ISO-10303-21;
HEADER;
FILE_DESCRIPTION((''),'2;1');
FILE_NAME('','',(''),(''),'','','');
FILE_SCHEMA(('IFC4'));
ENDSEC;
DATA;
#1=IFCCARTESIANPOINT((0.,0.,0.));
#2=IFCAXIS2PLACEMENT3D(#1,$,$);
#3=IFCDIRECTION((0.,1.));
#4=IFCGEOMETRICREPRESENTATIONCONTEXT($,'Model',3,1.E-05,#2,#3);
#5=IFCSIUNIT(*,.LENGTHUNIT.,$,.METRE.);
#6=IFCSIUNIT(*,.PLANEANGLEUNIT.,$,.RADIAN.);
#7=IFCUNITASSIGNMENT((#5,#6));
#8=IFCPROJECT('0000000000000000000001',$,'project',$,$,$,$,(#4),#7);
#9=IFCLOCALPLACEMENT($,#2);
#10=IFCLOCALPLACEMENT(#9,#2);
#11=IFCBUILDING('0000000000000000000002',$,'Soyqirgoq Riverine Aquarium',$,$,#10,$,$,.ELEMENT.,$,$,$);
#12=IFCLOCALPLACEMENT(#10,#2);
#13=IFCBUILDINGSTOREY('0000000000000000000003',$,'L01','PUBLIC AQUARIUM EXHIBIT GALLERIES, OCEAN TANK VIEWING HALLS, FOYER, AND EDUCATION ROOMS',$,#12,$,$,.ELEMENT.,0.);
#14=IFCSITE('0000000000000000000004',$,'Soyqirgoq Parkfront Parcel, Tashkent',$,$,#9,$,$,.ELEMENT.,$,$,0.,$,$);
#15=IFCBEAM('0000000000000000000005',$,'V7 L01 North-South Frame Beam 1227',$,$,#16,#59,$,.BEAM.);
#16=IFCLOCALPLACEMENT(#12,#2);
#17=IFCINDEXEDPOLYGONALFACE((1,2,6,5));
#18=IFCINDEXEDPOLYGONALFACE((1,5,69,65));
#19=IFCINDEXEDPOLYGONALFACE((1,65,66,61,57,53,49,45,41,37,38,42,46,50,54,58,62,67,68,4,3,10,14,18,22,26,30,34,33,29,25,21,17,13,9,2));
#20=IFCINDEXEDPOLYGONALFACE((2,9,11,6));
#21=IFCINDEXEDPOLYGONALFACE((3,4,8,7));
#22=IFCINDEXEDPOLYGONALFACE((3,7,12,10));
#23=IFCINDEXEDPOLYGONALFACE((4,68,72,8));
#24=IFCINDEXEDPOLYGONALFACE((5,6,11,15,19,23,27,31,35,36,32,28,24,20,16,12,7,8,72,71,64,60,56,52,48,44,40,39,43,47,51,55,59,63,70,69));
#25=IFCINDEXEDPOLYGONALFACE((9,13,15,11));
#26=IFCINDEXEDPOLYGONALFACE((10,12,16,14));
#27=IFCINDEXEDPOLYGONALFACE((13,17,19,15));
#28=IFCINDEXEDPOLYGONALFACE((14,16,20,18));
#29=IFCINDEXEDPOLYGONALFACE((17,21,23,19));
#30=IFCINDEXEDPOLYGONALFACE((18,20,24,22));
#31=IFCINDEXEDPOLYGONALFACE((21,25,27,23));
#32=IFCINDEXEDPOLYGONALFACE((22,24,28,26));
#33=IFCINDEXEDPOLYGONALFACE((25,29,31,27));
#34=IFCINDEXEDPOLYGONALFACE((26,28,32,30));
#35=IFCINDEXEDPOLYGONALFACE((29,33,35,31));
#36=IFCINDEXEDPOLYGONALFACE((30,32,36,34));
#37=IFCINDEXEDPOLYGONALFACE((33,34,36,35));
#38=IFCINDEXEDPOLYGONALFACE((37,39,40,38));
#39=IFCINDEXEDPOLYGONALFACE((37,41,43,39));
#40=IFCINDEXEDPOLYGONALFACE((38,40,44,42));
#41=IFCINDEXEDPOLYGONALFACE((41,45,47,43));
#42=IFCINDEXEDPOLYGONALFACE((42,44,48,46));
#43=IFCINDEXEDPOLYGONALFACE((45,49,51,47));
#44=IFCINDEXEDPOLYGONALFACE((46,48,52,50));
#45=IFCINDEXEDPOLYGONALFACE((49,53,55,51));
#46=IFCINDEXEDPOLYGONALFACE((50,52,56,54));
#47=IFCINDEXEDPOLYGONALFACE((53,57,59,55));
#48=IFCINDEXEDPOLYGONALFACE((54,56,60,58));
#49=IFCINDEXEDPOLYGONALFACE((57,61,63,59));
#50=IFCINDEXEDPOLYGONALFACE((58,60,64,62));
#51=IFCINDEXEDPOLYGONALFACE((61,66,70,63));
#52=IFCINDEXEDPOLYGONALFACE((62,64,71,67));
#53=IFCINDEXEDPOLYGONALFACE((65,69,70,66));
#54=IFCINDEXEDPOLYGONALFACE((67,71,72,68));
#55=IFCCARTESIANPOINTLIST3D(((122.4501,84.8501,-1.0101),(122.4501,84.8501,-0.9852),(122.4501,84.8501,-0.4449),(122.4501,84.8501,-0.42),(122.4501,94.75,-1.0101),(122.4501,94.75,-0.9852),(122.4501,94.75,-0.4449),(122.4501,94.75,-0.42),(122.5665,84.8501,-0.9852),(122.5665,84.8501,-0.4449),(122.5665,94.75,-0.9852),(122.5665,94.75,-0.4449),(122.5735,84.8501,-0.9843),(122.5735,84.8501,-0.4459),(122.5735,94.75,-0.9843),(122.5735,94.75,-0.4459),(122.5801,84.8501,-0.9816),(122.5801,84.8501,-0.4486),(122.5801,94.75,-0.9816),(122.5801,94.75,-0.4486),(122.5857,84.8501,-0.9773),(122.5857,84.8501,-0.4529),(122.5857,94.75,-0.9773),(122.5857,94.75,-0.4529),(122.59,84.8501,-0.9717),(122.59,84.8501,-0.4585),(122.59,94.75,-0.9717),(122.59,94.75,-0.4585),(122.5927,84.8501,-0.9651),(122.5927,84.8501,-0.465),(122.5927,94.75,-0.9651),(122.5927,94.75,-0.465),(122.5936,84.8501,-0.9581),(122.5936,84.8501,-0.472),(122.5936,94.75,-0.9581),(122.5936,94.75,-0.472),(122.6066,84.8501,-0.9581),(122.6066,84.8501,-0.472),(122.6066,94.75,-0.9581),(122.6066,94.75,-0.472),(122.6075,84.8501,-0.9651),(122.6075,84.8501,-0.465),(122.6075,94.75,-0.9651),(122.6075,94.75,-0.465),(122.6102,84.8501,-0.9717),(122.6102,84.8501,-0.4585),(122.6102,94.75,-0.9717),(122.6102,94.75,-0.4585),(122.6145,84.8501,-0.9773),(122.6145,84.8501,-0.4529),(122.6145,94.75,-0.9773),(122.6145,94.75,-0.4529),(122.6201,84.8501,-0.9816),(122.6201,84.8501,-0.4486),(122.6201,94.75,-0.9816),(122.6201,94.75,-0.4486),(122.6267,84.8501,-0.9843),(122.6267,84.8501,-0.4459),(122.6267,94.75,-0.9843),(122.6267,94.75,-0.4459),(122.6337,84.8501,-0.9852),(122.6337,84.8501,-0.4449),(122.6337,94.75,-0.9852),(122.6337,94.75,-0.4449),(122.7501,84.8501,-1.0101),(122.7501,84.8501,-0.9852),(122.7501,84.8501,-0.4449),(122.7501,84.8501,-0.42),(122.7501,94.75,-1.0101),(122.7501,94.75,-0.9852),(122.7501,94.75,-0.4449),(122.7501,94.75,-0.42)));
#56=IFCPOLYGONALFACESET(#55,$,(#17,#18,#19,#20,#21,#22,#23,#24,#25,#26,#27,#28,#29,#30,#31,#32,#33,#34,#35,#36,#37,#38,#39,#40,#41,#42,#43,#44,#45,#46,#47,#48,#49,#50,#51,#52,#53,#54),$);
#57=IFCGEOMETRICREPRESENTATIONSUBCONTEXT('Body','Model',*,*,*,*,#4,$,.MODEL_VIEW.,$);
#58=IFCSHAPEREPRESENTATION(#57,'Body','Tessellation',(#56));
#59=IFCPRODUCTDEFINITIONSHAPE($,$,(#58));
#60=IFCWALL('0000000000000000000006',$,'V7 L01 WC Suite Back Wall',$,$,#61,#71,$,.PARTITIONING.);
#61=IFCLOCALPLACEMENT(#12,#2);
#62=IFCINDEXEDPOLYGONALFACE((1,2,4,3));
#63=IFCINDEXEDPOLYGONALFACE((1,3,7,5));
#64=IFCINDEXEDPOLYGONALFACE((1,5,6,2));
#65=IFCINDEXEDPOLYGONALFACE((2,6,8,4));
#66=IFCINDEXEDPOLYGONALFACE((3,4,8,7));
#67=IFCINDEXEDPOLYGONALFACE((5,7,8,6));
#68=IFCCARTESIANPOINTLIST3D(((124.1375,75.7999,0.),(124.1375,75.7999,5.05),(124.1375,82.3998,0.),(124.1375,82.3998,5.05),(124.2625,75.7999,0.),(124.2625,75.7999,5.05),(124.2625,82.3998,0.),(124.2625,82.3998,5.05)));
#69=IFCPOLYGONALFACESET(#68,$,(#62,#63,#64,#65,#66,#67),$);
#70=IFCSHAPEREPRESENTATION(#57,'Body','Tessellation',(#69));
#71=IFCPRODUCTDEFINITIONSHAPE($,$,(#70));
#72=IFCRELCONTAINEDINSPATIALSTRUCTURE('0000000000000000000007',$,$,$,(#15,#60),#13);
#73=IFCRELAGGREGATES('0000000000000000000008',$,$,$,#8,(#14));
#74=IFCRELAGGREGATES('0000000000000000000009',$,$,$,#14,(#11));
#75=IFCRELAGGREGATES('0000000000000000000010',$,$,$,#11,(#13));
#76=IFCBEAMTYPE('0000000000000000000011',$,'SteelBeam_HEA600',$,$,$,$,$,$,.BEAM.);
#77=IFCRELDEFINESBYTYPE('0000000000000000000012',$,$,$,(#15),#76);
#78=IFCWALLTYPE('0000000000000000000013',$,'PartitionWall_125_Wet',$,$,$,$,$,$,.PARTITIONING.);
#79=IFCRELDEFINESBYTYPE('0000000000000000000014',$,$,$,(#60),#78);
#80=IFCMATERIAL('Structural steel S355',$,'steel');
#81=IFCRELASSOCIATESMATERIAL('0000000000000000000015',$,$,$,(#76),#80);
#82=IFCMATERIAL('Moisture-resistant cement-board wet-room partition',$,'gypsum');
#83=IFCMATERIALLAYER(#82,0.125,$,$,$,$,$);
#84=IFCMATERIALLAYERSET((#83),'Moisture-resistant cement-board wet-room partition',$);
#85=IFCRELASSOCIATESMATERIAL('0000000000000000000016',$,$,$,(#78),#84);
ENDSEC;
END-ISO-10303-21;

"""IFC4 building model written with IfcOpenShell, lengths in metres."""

from ifc_helpers import new_model, si_unit, direction, frame, frame_2d, origin, origin_2d, place, context, subcontext, project, spatial, rectangle, i_section, extrude, material, layer, layer_set, material_profile, profile_set, type_object, element, save


model = new_model("IFC4")

# Units and contexts
model_context = context("Model", 3, precision=1e-05, world=origin(), true_north=direction((0.0, 1.0)))
body_context = subcontext(model_context, "Body", "Model", "MODEL_VIEW")
ifc_project = project(units=[si_unit("LENGTHUNIT", "METRE"), si_unit("PLANEANGLEUNIT", "RADIAN")], contexts=[model_context])

# Site, building, storey
site_placement = place(None, origin())
site = spatial("IfcSite", under=ifc_project, at=site_placement, Name="Soyqirgoq Parkfront Parcel, Tashkent", CompositionType="ELEMENT", RefElevation=0.0)
building_placement = place(site_placement, origin())
building = spatial("IfcBuilding", under=site, at=building_placement, Name="Soyqirgoq Riverine Aquarium", CompositionType="ELEMENT")
storey_placement = place(building_placement, origin())
storey = spatial("IfcBuildingStorey", under=building, at=storey_placement, Name="L01", Description="PUBLIC AQUARIUM EXHIBIT GALLERIES, OCEAN TANK VIEWING HALLS, FOYER, AND EDUCATION ROOMS", CompositionType="ELEMENT", Elevation=0.0)

# Beam
ifc_material_1 = material(Name="Structural steel S355", Category="steel")
ifc_material_profile_1 = material_profile(ifc_material_1, i_section(OverallWidth=0.3, OverallDepth=0.5901, WebThickness=0.0129, FlangeThickness=0.0249, FilletRadius=0.0271, at=origin_2d()), Name="HEA 600")
ifc_profile_set_1 = profile_set([ifc_material_profile_1], Name="Structural steel S355")
beam_type_1 = type_object("IfcBeamType", Name="SteelBeam_HEA600", PredefinedType="BEAM", material=ifc_profile_set_1)
beam_1_placement = place(storey_placement, frame((122.6001, 84.8501, -0.7151), z_axis=(0.0, 1.0, 0.0), x_axis=(-1.0, 0.0, 0.0)))
element("IfcBeam", 1, at=beam_1_placement, inside=storey, type_object=beam_type_1, Name="V7 L01 North-South Frame Beam 1227", PredefinedType="BEAM", context=body_context, shape_type="SweptSolid", body=[
    extrude(i_section(OverallWidth=0.3, OverallDepth=0.5901, WebThickness=0.0129, FlangeThickness=0.0249, FilletRadius=0.0271, at=origin_2d()), origin(), (0.0, 0.0, 1.0), 9.8999),
])

# Wall
ifc_material_2 = material(Name="Moisture-resistant cement-board wet-room partition", Category="gypsum")
ifc_layer = layer(ifc_material_2, 0.125)
ifc_layer_set = layer_set([ifc_layer], Name="Moisture-resistant cement-board wet-room partition")
wall_type = type_object("IfcWallType", Name="PartitionWall_125_Wet", PredefinedType="PARTITIONING", material=ifc_layer_set)
wall_placement = place(storey_placement, frame((124.2, 75.8, 0.0), z_axis=(0.0, 0.0, 1.0), x_axis=(0.0, 1.0, 0.0)))
element("IfcWall", 2, at=wall_placement, inside=storey, type_object=wall_type, Name="V7 L01 WC Suite Back Wall", PredefinedType="PARTITIONING", context=body_context, shape_type="SweptSolid", body=[
    extrude(rectangle(XDim=6.5999, YDim=0.125, at=frame_2d((3.2998, 0.0))), origin(), (0.0, 0.0, 1.0), 5.05),
])

save(model, "model.ifc")
